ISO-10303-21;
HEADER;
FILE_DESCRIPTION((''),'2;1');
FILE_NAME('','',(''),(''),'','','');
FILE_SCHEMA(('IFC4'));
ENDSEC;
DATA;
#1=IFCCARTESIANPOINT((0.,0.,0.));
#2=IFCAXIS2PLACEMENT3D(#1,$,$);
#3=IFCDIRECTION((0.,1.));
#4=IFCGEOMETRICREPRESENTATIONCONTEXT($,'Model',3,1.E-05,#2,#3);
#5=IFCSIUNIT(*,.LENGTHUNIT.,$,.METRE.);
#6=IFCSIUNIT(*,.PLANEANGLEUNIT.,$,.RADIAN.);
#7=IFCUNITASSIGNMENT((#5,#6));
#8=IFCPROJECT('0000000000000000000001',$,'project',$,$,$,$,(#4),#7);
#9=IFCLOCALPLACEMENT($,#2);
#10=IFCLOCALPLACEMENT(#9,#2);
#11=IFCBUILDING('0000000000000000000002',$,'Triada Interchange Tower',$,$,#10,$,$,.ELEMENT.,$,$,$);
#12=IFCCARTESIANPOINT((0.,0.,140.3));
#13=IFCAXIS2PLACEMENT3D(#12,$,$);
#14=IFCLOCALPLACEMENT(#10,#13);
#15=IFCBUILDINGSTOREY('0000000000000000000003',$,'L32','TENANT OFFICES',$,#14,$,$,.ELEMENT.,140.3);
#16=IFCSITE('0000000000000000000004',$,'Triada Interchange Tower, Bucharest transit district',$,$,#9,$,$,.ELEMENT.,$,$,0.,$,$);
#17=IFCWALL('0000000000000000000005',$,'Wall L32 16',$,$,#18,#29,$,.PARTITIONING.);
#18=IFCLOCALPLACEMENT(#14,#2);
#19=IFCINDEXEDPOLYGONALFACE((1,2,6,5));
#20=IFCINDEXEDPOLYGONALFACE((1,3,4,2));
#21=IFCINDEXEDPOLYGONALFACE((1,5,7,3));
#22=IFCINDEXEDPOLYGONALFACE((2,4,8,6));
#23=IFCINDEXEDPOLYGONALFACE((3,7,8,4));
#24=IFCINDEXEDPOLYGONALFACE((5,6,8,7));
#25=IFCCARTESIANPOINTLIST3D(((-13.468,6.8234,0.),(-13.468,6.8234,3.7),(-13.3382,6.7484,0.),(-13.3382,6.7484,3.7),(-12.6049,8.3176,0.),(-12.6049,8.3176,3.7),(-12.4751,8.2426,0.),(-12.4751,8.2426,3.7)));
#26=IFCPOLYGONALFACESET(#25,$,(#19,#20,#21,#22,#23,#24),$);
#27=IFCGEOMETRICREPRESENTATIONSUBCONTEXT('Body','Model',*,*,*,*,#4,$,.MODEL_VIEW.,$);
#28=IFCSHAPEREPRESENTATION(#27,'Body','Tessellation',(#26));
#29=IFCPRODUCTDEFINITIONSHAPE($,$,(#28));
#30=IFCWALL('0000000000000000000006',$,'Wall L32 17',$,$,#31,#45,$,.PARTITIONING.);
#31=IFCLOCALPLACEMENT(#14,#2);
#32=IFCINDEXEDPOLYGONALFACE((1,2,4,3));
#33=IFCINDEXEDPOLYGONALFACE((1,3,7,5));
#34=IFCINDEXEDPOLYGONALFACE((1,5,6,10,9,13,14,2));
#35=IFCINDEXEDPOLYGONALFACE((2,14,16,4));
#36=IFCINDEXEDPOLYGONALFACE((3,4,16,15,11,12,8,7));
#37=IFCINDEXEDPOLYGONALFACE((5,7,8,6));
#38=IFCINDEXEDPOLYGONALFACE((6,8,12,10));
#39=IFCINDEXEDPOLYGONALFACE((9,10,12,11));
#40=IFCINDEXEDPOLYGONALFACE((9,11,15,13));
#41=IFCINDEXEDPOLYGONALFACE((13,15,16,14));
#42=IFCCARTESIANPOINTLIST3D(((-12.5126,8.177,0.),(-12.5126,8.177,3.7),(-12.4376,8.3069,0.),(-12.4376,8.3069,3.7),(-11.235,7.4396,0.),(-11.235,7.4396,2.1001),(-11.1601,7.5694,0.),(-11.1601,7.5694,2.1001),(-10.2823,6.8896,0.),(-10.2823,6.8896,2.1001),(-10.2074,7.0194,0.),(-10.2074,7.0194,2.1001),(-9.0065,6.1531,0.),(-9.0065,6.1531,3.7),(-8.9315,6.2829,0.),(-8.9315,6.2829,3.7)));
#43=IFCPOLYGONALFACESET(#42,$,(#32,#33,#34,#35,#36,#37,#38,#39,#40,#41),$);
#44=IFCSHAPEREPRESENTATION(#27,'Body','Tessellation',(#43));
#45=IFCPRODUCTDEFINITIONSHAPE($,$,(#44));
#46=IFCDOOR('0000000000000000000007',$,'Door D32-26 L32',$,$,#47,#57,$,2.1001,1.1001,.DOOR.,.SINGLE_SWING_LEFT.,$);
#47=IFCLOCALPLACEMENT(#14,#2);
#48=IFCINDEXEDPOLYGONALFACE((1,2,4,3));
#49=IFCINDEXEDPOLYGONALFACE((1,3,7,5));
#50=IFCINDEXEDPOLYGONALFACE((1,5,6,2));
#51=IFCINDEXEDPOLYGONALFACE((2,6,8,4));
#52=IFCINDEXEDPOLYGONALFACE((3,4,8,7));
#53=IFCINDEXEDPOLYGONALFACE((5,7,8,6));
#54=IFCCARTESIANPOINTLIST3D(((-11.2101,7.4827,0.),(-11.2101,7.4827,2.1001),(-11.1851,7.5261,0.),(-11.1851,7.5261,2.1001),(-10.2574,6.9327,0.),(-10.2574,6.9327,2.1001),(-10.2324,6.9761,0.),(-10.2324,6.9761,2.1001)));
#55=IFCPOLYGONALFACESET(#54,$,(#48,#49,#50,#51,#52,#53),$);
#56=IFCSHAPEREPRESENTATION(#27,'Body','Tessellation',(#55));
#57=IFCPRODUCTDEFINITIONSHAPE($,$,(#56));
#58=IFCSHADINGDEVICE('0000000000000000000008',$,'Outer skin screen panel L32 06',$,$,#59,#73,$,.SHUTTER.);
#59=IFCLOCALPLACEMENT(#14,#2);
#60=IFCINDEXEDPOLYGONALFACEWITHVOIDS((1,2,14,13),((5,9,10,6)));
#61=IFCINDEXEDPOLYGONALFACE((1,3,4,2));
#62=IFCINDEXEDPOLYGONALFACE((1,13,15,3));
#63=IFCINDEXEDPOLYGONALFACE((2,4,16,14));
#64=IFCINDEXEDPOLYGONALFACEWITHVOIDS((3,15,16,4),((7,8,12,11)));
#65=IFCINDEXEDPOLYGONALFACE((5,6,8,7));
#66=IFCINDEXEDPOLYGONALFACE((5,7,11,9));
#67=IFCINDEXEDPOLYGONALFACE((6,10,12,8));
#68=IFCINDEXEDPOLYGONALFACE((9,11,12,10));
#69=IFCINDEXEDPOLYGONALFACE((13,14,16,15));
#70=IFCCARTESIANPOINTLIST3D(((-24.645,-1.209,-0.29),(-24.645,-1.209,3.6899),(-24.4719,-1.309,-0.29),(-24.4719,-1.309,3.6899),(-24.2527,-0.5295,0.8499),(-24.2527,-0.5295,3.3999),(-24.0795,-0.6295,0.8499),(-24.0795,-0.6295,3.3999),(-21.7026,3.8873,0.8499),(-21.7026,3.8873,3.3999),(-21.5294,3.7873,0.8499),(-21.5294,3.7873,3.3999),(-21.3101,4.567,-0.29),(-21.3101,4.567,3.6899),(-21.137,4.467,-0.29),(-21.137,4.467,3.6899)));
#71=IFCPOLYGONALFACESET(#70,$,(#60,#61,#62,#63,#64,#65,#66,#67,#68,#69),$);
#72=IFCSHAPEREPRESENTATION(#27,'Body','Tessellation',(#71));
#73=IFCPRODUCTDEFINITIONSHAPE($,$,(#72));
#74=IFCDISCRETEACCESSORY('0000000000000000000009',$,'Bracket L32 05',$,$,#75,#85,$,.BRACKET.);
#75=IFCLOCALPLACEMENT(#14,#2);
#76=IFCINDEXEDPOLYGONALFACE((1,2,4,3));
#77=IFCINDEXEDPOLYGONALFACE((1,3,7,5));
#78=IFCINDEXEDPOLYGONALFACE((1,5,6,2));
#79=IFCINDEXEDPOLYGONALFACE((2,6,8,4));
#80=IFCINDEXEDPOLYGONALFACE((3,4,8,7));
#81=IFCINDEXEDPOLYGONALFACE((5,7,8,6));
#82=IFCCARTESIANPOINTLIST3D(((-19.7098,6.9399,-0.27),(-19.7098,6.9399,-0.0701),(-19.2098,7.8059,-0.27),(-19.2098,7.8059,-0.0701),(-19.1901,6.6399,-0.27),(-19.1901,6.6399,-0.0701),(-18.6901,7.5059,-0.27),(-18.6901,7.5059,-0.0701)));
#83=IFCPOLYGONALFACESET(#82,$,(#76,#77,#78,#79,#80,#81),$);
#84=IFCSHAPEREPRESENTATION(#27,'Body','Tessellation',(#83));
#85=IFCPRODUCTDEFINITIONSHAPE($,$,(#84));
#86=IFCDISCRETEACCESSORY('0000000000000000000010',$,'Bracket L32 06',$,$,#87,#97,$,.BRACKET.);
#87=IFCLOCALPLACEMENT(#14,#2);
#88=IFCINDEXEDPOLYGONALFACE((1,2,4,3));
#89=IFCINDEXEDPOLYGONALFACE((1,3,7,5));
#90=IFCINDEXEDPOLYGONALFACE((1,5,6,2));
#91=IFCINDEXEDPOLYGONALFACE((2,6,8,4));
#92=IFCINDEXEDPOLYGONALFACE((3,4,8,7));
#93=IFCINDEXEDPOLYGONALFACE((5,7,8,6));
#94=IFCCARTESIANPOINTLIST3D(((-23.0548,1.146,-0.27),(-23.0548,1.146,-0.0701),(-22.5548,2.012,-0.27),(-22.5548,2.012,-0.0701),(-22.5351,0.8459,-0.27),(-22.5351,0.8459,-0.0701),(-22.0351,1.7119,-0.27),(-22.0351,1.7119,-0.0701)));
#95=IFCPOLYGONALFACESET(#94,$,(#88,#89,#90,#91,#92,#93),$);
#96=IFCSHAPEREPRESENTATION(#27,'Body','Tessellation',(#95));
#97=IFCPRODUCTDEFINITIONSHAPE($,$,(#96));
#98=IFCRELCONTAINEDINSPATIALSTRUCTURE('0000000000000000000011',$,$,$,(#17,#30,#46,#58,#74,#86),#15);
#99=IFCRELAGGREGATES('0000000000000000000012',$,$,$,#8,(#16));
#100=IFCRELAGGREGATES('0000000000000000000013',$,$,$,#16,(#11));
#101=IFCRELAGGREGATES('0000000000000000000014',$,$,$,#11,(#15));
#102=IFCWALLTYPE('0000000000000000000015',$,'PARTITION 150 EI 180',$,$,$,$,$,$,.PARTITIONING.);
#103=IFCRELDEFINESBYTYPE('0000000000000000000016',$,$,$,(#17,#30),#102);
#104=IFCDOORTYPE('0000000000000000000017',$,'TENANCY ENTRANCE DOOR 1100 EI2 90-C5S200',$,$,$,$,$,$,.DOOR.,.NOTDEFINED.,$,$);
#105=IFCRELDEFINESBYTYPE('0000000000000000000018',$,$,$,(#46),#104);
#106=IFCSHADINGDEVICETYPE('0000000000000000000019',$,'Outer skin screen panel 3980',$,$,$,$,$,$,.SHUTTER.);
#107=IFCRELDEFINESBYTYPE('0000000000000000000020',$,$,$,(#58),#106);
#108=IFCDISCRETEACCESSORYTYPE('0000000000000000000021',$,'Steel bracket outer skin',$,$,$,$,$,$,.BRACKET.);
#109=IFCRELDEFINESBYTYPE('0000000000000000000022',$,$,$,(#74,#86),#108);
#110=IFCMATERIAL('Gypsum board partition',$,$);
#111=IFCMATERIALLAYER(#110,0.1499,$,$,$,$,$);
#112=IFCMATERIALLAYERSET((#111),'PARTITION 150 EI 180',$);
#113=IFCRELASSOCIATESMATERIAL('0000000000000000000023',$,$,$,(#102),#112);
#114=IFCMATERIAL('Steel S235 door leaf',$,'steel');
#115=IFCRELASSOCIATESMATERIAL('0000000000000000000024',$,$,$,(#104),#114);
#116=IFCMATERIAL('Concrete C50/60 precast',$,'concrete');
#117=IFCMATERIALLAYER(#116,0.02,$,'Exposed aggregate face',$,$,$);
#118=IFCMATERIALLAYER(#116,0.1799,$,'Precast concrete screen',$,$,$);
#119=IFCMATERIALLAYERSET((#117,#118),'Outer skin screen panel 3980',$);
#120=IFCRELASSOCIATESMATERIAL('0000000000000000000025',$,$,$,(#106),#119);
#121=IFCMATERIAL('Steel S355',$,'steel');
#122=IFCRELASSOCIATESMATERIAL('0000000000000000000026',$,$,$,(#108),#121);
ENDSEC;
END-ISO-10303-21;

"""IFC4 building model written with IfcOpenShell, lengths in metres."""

from ifc_helpers import new_model, si_unit, direction, frame, frame_2d, origin, origin_2d, place, context, subcontext, project, spatial, polyline, rectangle, outline, extrude, material, layer, layer_set, type_object, element, fill, save


model = new_model("IFC4")

# Units and contexts
model_context = context("Model", 3, precision=1e-05, world=origin(), true_north=direction((0.0, 1.0)))
body_context = subcontext(model_context, "Body", "Model", "MODEL_VIEW")
ifc_project = project(units=[si_unit("LENGTHUNIT", "METRE"), si_unit("PLANEANGLEUNIT", "RADIAN")], contexts=[model_context])

# Site, building, storey
site_placement = place(None, origin())
site = spatial("IfcSite", under=ifc_project, at=site_placement, Name="Triada Interchange Tower, Bucharest transit district", CompositionType="ELEMENT", RefElevation=0.0)
building_placement = place(site_placement, origin())
building = spatial("IfcBuilding", under=site, at=building_placement, Name="Triada Interchange Tower", CompositionType="ELEMENT")
storey_placement = place(building_placement, frame((0.0, 0.0, 140.3)))
storey = spatial("IfcBuildingStorey", under=building, at=storey_placement, Name="L32", Description="TENANT OFFICES", CompositionType="ELEMENT", Elevation=140.3)

# Shared definitions
ifc_material_1 = material(Name="Gypsum board partition")
ifc_layer_1 = layer(ifc_material_1, 0.1499)
ifc_layer_set_1 = layer_set([ifc_layer_1], Name="PARTITION 150 EI 180")
wall_type_1 = type_object("IfcWallType", Name="PARTITION 150 EI 180", PredefinedType="PARTITIONING", material=ifc_layer_set_1)
ifc_material_2 = material(Name="Steel S235 door leaf", Category="steel")
door_type_1 = type_object("IfcDoorType", Name="TENANCY ENTRANCE DOOR 1100 EI2 90-C5S200", OperationType="NOTDEFINED", PredefinedType="DOOR", material=ifc_material_2)

# Wall
wall_1_placement = place(storey_placement, frame((-13.4031, 6.7859, 0.0), z_axis=(0.0, 0.0, 1.0), x_axis=(0.500172, 0.865926, 0.0)))
element("IfcWall", 1, at=wall_1_placement, inside=storey, type_object=wall_type_1, Name="Wall L32 16", PredefinedType="PARTITIONING", context=body_context, shape_type="SweptSolid", body=[
    extrude(rectangle(XDim=1.7256, YDim=0.1499, at=frame_2d((0.8628, 0.0))), origin(), (0.0, 0.0, 1.0), 3.7),
])

# Wall, opening, door
wall_2_placement = place(storey_placement, frame((-12.4751, 8.2419, 0.0), z_axis=(0.0, 0.0, 1.0), x_axis=(0.86606, -0.49994, 0.0)))
wall_2 = element("IfcWall", 2, at=wall_2_placement, inside=storey, type_object=wall_type_1, Name="Wall L32 17", PredefinedType="PARTITIONING", context=body_context, shape_type="SweptSolid", body=[
    extrude(rectangle(XDim=4.0483, YDim=0.1499, at=frame_2d((2.0242, 0.0))), origin(), (0.0, 0.0, 1.0), 3.7),
])
opening_1_placement = place(wall_2_placement, frame((1.4751, 0.0, 0.0)))
opening_1 = element("IfcOpeningElement", 3, at=opening_1_placement, cuts=wall_2, PredefinedType="OPENING", context=body_context, shape_type="SweptSolid", body=[
    extrude(rectangle(XDim=1.1001, YDim=2.1001, at=frame_2d((0.55, 1.05))), frame((0.0, 0.085, 0.0), z_axis=(0.0, -1.0, 0.0), x_axis=(1.0, 0.0, 0.0)), (0.0, 0.0, 1.0), 0.1699),
])
door_1_placement = place(opening_1_placement, origin())
door_1 = element("IfcDoor", 4, at=door_1_placement, inside=storey, type_object=door_type_1, Name="Door D32-26 L32", OperationType="SINGLE_SWING_LEFT", OverallHeight=2.1001, OverallWidth=1.1001, PredefinedType="DOOR", context=body_context, shape_type="SweptSolid", body=[
    extrude(rectangle(XDim=1.1001, YDim=2.1001, at=frame_2d((0.55, 1.05))), frame((0.0, 0.0249, 0.0), z_axis=(0.0, -1.0, 0.0), x_axis=(1.0, 0.0, 0.0)), (0.0, 0.0, 1.0), 0.05),
])
fill(opening_1, door_1)

# Shading device
ifc_material_3 = material(Name="Concrete C50/60 precast", Category="concrete")
ifc_layer_2 = layer(ifc_material_3, 0.02, Name="Exposed aggregate face")
ifc_layer_3 = layer(ifc_material_3, 0.1799, Name="Precast concrete screen")
ifc_layer_set_2 = layer_set([ifc_layer_2, ifc_layer_3], Name="Outer skin screen panel 3980")
shading_device_type = type_object("IfcShadingDeviceType", Name="Outer skin screen panel 3980", PredefinedType="SHUTTER", material=ifc_layer_set_2)
shading_device_placement = place(storey_placement, frame((-21.137, 4.467, -0.29), z_axis=(0.0, 0.0, 1.0), x_axis=(-0.500013, -0.866018, 0.0)))
element("IfcShadingDevice", 5, at=shading_device_placement, inside=storey, type_object=shading_device_type, Name="Outer skin screen panel L32 06", PredefinedType="SHUTTER", context=body_context, shape_type="SweptSolid", body=[
    extrude(outline(polyline([(0.0, 0.0), (6.6697, 0.0), (6.6697, 3.98), (0.0, 3.98), (0.0, 0.0)]), holes=[polyline([(0.7849, 1.1399), (0.7849, 3.6899), (5.885, 3.6899), (5.885, 1.1399), (0.7849, 1.1399)])]), frame((0.0, 0.0, 0.0), z_axis=(0.0, -1.0, 0.0), x_axis=(1.0, 0.0, 0.0)), (0.0, 0.0, 1.0), 0.2),
])

# Discrete accessories
ifc_material_4 = material(Name="Steel S355", Category="steel")
discrete_accessory_type = type_object("IfcDiscreteAccessoryType", Name="Steel bracket outer skin", PredefinedType="BRACKET", material=ifc_material_4)
for number, where, z_axis, x_axis, name in (
    (6, (-19.2, 7.2229, -0.27), (0.0, 0.0, 1.0), (-0.866021, 0.500007, 0.0), "Bracket L32 05"),
    (7, (-22.5449, 1.429, -0.27), (0.0, 0.0, 1.0), (-0.866021, 0.500007, 0.0), "Bracket L32 06"),
):
    element("IfcDiscreteAccessory", number, at=place(storey_placement, frame(where, z_axis=z_axis, x_axis=x_axis)), inside=storey, type_object=discrete_accessory_type, Name=name, PredefinedType="BRACKET", context=body_context, shape_type="SweptSolid", body=[
        extrude(rectangle(XDim=0.6001, YDim=1.0, at=origin_2d()), origin(), (0.0, 0.0, 1.0), 0.2),
    ])

save(model, "model.ifc")
